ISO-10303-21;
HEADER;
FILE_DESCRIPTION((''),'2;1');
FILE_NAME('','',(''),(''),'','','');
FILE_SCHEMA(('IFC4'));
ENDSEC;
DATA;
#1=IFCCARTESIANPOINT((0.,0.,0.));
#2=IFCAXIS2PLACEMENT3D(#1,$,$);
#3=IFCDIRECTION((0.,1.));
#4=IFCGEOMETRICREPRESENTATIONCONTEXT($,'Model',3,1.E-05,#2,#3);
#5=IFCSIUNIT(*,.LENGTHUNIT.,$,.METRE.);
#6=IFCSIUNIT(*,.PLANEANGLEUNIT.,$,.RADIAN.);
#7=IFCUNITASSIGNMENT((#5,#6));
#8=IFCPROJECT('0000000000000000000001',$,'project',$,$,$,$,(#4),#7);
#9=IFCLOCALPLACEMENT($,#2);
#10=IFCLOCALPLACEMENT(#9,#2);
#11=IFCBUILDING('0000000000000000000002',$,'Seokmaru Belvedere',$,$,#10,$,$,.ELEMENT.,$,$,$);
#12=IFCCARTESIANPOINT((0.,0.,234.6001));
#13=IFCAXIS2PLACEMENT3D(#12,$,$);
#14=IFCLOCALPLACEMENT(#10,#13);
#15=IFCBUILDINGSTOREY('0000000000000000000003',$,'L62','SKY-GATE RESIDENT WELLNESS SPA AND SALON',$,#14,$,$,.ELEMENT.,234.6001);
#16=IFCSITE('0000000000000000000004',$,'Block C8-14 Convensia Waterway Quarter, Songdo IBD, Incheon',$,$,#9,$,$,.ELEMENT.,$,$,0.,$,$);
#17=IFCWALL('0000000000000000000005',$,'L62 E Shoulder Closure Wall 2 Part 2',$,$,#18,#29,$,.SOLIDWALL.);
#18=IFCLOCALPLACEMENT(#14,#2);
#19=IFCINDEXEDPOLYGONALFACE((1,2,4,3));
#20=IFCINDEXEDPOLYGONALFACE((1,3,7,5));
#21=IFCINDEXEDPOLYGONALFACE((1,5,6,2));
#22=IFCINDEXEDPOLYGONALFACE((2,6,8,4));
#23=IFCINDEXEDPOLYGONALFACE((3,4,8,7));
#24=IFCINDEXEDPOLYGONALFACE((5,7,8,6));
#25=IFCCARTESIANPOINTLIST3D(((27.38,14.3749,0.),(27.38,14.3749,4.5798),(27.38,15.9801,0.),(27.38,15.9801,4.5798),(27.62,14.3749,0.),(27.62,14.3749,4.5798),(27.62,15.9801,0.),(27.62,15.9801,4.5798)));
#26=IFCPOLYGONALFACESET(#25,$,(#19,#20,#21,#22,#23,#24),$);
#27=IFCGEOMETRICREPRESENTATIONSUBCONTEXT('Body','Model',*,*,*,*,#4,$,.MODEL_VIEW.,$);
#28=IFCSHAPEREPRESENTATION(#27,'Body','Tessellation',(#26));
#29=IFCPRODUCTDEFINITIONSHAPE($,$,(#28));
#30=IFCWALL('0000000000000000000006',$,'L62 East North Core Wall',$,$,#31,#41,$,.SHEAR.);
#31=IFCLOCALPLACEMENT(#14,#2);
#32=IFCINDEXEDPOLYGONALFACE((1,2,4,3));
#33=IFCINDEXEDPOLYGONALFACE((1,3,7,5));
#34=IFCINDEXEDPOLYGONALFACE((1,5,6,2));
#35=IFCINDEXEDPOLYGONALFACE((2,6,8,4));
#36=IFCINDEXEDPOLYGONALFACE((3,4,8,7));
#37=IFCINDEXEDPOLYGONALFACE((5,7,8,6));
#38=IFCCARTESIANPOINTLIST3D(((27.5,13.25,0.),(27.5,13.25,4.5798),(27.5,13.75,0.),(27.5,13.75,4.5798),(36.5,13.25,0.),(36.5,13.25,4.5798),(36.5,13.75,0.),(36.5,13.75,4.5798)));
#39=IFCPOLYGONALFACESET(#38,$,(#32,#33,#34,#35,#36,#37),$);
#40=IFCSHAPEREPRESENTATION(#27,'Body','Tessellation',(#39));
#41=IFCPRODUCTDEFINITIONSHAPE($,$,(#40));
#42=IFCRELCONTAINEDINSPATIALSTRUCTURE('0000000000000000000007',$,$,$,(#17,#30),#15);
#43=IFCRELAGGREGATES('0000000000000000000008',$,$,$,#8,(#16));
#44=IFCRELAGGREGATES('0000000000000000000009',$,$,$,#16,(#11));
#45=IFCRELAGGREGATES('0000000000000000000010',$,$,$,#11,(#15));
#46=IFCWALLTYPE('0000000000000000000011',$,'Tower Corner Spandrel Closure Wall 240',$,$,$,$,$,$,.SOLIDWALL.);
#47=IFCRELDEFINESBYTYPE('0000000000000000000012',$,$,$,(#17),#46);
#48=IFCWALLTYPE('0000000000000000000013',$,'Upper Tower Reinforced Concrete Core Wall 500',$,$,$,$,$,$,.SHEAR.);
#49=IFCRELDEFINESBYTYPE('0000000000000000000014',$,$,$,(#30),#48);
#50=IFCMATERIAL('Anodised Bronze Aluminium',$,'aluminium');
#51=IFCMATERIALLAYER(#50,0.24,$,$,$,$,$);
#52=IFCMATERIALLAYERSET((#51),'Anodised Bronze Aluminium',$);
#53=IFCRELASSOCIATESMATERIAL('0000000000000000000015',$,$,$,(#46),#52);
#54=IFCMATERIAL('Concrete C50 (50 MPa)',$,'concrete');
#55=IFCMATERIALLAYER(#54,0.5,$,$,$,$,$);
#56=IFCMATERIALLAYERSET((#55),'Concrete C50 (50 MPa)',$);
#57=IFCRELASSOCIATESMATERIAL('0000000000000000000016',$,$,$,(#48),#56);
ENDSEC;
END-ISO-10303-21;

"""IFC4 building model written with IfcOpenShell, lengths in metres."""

from ifc_helpers import new_model, si_unit, direction, frame, frame_2d, origin, place, context, subcontext, project, spatial, rectangle, extrude, material, layer, layer_set, type_object, element, save


model = new_model("IFC4")

# Units and contexts
model_context = context("Model", 3, precision=1e-05, world=origin(), true_north=direction((0.0, 1.0)))
body_context = subcontext(model_context, "Body", "Model", "MODEL_VIEW")
ifc_project = project(units=[si_unit("LENGTHUNIT", "METRE"), si_unit("PLANEANGLEUNIT", "RADIAN")], contexts=[model_context])

# Site, building, storey
site_placement = place(None, origin())
site = spatial("IfcSite", under=ifc_project, at=site_placement, Name="Block C8-14 Convensia Waterway Quarter, Songdo IBD, Incheon", CompositionType="ELEMENT", RefElevation=0.0)
building_placement = place(site_placement, origin())
building = spatial("IfcBuilding", under=site, at=building_placement, Name="Seokmaru Belvedere", CompositionType="ELEMENT")
storey_placement = place(building_placement, frame((0.0, 0.0, 234.6001)))
storey = spatial("IfcBuildingStorey", under=building, at=storey_placement, Name="L62", Description="SKY-GATE RESIDENT WELLNESS SPA AND SALON", CompositionType="ELEMENT", Elevation=234.6001)

# Shared definitions
ifc_material_1 = material(Name="Anodised Bronze Aluminium", Category="aluminium")

# Walls
ifc_layer_1 = layer(ifc_material_1, 0.24)
ifc_layer_set_1 = layer_set([ifc_layer_1], Name="Anodised Bronze Aluminium")
wall_type_1 = type_object("IfcWallType", Name="Tower Corner Spandrel Closure Wall 240", PredefinedType="SOLIDWALL", material=ifc_layer_set_1)
wall_1_placement = place(storey_placement, frame((27.5, 14.3748, 0.0), z_axis=(0.0, 0.0, 1.0), x_axis=(0.0, 1.0, 0.0)))
element("IfcWall", 1, at=wall_1_placement, inside=storey, type_object=wall_type_1, Name="L62 E Shoulder Closure Wall 2 Part 2", PredefinedType="SOLIDWALL", context=body_context, shape_type="SweptSolid", body=[
    extrude(rectangle(XDim=1.6052, YDim=0.24, at=frame_2d((0.8027, 0.0))), origin(), (0.0, 0.0, 1.0), 4.5798),
])
ifc_material_2 = material(Name="Concrete C50 (50 MPa)", Category="concrete")
ifc_layer_2 = layer(ifc_material_2, 0.5)
ifc_layer_set_2 = layer_set([ifc_layer_2], Name="Concrete C50 (50 MPa)")
wall_type_2 = type_object("IfcWallType", Name="Upper Tower Reinforced Concrete Core Wall 500", PredefinedType="SHEAR", material=ifc_layer_set_2)
wall_2_placement = place(storey_placement, frame((27.5, 13.5, 0.0), z_axis=(0.0, 0.0, 1.0), x_axis=(1.0, 0.0, 0.0)))
element("IfcWall", 2, at=wall_2_placement, inside=storey, type_object=wall_type_2, Name="L62 East North Core Wall", PredefinedType="SHEAR", context=body_context, shape_type="SweptSolid", body=[
    extrude(rectangle(XDim=9.0, YDim=0.5, at=frame_2d((4.5, 0.0))), origin(), (0.0, 0.0, 1.0), 4.5798),
])

save(model, "model.ifc")
